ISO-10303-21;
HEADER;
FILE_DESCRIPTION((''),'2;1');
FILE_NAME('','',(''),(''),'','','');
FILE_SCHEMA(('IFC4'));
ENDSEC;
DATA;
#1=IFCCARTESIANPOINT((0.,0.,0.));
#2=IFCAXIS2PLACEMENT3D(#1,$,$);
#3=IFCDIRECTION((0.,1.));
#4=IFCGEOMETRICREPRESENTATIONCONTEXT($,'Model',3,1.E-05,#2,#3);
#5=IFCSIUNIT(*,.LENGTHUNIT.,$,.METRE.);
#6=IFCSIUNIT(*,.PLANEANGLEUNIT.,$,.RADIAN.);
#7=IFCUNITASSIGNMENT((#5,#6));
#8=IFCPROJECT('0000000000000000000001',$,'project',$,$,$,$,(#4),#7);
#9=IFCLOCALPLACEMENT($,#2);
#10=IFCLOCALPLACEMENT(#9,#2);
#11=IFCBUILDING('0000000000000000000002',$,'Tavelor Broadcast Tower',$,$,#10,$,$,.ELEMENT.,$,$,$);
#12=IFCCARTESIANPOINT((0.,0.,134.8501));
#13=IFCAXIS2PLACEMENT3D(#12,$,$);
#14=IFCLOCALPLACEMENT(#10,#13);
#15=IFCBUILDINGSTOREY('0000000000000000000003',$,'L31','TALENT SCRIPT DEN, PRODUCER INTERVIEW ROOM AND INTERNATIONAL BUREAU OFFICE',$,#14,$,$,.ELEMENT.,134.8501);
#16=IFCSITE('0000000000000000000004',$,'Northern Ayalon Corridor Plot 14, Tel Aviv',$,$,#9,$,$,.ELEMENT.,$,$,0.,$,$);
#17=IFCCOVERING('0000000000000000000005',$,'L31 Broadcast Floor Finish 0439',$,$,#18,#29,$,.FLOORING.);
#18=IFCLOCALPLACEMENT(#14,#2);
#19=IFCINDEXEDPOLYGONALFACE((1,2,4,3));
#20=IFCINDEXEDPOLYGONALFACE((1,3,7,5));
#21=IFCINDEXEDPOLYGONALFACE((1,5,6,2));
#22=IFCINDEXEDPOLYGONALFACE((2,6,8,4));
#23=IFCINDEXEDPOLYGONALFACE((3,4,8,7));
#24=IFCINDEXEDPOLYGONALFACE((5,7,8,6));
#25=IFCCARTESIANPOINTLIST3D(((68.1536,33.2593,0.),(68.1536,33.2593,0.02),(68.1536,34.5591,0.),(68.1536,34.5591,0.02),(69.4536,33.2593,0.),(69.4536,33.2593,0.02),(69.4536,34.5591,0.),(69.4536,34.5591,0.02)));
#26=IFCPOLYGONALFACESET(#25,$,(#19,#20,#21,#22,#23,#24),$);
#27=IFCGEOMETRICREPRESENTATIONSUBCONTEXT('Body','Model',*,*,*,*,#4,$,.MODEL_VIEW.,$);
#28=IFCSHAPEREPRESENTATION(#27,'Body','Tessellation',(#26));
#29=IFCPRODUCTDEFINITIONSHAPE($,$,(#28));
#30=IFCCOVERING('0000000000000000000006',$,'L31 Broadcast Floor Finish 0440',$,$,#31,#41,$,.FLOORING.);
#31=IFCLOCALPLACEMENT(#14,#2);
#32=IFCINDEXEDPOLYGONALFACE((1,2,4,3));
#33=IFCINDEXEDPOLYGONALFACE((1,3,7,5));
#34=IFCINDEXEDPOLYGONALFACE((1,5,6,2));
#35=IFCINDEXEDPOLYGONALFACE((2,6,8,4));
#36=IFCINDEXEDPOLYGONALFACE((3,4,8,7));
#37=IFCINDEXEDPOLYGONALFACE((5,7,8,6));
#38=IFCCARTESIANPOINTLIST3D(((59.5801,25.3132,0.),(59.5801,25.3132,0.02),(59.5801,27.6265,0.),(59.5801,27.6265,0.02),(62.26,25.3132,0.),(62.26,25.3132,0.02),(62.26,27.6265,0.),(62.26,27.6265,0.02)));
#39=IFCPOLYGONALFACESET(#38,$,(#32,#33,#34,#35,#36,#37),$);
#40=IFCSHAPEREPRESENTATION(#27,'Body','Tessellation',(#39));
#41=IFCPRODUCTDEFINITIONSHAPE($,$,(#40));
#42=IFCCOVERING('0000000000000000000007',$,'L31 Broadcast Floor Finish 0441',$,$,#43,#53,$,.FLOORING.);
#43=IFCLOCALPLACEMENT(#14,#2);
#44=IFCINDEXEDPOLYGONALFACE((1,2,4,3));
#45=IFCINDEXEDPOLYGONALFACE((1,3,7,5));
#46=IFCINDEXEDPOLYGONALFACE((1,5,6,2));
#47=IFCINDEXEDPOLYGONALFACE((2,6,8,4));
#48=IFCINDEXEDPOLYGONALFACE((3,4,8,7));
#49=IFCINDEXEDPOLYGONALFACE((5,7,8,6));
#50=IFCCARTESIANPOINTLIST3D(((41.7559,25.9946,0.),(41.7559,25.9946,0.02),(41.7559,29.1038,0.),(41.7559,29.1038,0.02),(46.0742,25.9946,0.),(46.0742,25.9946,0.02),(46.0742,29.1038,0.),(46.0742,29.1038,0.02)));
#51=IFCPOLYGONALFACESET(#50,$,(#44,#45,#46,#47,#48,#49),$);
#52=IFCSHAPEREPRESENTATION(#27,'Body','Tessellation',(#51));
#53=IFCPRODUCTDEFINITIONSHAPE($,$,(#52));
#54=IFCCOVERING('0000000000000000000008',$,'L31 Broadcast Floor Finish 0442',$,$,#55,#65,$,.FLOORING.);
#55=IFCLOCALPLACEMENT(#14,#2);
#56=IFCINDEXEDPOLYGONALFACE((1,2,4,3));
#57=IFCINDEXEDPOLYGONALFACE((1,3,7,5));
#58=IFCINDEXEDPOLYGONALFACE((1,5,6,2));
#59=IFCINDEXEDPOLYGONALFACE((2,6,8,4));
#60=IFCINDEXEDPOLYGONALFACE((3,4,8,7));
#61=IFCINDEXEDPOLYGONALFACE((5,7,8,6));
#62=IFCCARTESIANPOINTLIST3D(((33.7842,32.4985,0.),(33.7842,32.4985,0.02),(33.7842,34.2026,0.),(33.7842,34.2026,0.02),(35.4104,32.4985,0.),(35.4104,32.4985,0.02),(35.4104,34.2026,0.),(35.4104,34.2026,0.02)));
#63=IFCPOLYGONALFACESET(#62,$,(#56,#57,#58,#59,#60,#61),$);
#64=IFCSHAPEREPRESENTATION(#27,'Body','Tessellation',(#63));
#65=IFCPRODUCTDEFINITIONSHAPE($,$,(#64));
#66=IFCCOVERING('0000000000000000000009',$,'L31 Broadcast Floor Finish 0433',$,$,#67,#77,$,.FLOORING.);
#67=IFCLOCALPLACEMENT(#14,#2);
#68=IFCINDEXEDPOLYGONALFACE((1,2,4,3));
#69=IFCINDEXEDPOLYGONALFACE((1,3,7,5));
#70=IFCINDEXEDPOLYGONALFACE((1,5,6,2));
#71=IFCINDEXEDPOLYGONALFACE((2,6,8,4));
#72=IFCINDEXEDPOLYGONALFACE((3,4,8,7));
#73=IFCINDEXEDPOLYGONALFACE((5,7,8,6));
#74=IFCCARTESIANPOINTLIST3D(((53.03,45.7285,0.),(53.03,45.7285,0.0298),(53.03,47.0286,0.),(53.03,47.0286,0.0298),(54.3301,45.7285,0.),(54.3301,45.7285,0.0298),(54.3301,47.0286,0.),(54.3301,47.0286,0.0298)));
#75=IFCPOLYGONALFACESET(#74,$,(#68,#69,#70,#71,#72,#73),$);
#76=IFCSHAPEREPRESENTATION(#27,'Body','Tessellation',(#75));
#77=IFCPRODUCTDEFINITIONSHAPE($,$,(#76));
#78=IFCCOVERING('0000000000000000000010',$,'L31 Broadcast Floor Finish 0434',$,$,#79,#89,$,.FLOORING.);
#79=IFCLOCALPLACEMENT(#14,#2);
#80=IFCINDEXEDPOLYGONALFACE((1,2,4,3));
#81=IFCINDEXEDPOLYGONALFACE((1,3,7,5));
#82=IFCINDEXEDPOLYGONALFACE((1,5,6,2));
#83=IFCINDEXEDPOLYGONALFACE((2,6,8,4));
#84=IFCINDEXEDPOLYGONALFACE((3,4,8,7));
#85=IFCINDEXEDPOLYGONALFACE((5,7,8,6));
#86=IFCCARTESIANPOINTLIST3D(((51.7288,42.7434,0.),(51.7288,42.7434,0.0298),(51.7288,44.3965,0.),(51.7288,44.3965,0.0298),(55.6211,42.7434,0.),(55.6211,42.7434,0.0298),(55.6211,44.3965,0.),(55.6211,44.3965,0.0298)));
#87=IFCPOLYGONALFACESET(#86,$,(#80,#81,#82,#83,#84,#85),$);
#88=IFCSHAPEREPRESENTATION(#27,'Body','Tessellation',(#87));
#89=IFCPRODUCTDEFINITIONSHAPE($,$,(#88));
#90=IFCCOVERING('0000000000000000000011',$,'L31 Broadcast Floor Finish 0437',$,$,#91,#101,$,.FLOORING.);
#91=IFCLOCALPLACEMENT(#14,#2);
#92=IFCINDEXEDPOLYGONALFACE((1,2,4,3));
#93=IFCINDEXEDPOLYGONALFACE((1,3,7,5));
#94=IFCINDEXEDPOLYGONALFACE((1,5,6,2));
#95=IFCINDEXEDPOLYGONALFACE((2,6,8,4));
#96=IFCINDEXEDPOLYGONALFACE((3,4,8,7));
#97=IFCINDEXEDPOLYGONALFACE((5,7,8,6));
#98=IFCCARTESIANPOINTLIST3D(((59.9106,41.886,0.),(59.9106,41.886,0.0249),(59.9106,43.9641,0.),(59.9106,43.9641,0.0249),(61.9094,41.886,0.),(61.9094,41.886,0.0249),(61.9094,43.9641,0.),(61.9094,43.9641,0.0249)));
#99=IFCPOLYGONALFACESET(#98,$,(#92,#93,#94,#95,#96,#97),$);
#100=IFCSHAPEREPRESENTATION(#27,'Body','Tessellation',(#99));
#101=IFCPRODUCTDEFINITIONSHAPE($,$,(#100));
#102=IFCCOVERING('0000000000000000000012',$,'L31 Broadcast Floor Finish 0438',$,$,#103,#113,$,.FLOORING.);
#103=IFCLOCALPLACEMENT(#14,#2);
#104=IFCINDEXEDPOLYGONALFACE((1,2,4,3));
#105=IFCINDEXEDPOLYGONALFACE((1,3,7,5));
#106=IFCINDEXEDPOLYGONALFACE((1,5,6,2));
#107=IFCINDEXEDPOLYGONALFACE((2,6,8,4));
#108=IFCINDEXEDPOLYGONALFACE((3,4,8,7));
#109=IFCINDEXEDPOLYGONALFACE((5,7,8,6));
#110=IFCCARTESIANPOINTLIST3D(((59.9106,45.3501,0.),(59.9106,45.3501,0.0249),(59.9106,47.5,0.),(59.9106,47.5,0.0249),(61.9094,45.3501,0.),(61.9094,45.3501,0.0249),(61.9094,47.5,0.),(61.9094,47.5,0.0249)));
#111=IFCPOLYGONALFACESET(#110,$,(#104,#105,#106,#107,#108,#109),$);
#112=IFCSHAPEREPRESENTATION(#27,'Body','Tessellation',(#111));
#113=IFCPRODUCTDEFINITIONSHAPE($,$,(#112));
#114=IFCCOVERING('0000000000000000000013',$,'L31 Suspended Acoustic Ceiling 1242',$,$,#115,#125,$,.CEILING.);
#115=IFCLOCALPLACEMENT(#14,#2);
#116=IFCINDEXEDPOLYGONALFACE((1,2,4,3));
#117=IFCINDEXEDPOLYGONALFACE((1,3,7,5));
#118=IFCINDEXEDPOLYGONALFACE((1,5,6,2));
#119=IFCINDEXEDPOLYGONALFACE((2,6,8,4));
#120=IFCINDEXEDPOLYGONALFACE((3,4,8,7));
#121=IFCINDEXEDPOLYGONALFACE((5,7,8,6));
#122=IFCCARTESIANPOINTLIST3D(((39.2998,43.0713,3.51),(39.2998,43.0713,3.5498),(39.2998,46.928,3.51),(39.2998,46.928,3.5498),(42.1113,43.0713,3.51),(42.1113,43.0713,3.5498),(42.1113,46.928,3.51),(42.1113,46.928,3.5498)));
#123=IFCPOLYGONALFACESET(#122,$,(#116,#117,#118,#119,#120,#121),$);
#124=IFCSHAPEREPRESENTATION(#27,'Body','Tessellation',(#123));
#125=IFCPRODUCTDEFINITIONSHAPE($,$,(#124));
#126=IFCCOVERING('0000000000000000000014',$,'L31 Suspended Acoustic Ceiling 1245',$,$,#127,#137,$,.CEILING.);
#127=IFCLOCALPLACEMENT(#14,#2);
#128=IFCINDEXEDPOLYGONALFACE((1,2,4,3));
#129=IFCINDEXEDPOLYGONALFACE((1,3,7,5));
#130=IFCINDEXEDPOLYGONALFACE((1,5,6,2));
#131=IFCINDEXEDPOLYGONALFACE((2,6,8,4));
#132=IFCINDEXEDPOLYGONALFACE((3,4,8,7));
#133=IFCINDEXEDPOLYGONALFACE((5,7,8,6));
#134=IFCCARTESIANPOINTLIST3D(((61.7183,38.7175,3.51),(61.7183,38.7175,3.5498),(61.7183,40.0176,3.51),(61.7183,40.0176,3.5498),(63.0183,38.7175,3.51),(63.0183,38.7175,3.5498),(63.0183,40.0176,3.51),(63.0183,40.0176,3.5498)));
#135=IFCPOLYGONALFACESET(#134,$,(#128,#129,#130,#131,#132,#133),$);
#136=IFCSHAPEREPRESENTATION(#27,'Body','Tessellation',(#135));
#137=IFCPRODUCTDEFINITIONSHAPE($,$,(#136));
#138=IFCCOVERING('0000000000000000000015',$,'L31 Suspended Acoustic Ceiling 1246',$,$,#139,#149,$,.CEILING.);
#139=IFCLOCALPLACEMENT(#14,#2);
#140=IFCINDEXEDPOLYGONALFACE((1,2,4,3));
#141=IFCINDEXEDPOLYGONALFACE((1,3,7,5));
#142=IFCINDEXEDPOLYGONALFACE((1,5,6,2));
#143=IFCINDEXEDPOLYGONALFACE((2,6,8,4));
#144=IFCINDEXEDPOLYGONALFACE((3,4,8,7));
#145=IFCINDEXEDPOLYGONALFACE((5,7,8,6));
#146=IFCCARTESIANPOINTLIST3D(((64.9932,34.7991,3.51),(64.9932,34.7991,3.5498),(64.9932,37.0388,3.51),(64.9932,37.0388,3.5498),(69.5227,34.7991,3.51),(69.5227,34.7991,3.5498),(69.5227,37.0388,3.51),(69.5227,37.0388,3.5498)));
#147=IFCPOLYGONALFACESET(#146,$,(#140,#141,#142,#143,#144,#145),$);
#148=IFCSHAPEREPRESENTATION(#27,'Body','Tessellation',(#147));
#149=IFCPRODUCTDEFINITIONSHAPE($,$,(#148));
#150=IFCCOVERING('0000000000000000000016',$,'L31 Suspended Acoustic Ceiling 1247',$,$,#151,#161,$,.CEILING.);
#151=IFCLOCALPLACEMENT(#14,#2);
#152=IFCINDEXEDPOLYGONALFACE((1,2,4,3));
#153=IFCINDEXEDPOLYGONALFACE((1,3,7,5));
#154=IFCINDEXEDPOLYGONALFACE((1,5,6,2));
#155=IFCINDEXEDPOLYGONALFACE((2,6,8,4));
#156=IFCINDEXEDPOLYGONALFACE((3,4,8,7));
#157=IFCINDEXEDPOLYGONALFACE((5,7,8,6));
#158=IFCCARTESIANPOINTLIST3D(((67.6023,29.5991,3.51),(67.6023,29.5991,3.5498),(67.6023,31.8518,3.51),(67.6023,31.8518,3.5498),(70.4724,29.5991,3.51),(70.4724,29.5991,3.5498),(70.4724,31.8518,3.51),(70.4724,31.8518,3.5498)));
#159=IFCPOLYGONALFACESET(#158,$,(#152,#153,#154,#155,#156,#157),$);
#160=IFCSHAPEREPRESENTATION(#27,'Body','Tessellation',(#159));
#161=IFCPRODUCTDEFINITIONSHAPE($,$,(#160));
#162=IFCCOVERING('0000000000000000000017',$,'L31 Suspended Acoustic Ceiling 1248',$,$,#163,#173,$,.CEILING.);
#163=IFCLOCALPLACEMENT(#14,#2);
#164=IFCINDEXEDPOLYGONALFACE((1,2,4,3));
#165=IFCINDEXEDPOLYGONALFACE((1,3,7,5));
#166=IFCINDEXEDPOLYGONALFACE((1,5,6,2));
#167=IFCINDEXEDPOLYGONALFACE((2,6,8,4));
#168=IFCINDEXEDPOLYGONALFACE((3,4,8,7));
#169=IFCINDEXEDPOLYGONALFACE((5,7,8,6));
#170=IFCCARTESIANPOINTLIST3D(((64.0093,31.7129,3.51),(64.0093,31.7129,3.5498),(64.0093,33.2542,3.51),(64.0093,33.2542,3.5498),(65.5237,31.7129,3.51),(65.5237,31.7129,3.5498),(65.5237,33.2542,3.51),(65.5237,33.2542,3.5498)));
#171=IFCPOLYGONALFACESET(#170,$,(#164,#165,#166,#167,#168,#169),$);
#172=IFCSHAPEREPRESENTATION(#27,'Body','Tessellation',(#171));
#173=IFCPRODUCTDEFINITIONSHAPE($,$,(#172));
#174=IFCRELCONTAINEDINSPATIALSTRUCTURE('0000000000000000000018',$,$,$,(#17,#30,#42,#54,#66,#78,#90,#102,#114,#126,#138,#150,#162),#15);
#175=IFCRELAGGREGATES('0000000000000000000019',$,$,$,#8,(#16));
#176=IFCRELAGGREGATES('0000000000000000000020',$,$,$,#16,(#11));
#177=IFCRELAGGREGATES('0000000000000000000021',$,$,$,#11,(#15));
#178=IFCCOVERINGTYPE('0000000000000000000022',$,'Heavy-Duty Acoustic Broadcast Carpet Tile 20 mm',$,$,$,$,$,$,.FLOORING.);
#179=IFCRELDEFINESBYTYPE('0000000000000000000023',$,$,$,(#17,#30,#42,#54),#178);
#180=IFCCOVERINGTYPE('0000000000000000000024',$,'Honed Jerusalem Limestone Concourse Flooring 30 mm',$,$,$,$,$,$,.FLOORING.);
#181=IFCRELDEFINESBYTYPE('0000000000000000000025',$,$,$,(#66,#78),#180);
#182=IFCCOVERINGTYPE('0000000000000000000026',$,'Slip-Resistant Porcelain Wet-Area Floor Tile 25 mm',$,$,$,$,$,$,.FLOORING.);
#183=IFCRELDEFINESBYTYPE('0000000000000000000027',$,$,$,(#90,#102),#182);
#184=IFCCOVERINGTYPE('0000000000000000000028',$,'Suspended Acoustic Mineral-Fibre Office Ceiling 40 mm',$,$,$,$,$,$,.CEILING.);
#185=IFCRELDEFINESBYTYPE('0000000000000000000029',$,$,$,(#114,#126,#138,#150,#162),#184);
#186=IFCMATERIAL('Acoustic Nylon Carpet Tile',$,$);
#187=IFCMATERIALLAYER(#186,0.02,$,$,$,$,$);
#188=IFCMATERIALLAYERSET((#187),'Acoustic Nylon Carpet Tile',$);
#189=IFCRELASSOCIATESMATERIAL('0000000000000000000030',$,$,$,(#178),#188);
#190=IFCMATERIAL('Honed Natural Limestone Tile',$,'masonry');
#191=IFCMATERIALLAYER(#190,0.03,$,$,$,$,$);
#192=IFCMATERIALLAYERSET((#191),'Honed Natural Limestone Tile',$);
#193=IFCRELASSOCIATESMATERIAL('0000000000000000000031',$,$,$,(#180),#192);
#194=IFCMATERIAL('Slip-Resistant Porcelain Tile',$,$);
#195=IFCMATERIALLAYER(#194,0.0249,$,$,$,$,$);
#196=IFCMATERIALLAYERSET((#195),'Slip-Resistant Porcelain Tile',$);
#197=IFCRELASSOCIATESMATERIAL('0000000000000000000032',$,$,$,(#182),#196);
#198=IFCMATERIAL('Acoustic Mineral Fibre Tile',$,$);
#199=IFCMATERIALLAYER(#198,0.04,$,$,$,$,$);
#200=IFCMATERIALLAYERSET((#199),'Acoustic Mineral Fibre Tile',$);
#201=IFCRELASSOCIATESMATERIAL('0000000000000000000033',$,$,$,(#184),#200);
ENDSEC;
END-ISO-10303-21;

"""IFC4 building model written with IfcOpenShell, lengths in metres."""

from ifc_helpers import new_model, si_unit, direction, frame, origin, place, context, subcontext, project, spatial, polyline, outline, extrude, material, layer, layer_set, type_object, element, save


model = new_model("IFC4")

# Units and contexts
model_context = context("Model", 3, precision=1e-05, world=origin(), true_north=direction((0.0, 1.0)))
body_context = subcontext(model_context, "Body", "Model", "MODEL_VIEW")
ifc_project = project(units=[si_unit("LENGTHUNIT", "METRE"), si_unit("PLANEANGLEUNIT", "RADIAN")], contexts=[model_context])

# Site, building, storey
site_placement = place(None, origin())
site = spatial("IfcSite", under=ifc_project, at=site_placement, Name="Northern Ayalon Corridor Plot 14, Tel Aviv", CompositionType="ELEMENT", RefElevation=0.0)
building_placement = place(site_placement, origin())
building = spatial("IfcBuilding", under=site, at=building_placement, Name="Tavelor Broadcast Tower", CompositionType="ELEMENT")
storey_placement = place(building_placement, frame((0.0, 0.0, 134.8501)))
storey = spatial("IfcBuildingStorey", under=building, at=storey_placement, Name="L31", Description="TALENT SCRIPT DEN, PRODUCER INTERVIEW ROOM AND INTERNATIONAL BUREAU OFFICE", CompositionType="ELEMENT", Elevation=134.8501)

# Coverings
ifc_material_1 = material(Name="Acoustic Nylon Carpet Tile")
ifc_layer_1 = layer(ifc_material_1, 0.02)
ifc_layer_set_1 = layer_set([ifc_layer_1], Name="Acoustic Nylon Carpet Tile")
covering_type_1 = type_object("IfcCoveringType", Name="Heavy-Duty Acoustic Broadcast Carpet Tile 20 mm", PredefinedType="FLOORING", material=ifc_layer_set_1)
covering_1_placement = place(storey_placement, origin())
element("IfcCovering", 1, at=covering_1_placement, inside=storey, type_object=covering_type_1, Name="L31 Broadcast Floor Finish 0439", PredefinedType="FLOORING", context=body_context, shape_type="SweptSolid", body=[
    extrude(outline(polyline([(68.1536, 33.2593), (69.4536, 33.2593), (69.4536, 34.5591), (68.1536, 34.5591), (68.1536, 33.2593)])), origin(), (0.0, 0.0, 1.0), 0.02),
])
covering_2_placement = place(storey_placement, origin())
element("IfcCovering", 2, at=covering_2_placement, inside=storey, type_object=covering_type_1, Name="L31 Broadcast Floor Finish 0440", PredefinedType="FLOORING", context=body_context, shape_type="SweptSolid", body=[
    extrude(outline(polyline([(59.5801, 25.3132), (62.26, 25.3132), (62.26, 27.6265), (59.5801, 27.6265), (59.5801, 25.3132)])), origin(), (0.0, 0.0, 1.0), 0.02),
])
covering_3_placement = place(storey_placement, origin())
element("IfcCovering", 3, at=covering_3_placement, inside=storey, type_object=covering_type_1, Name="L31 Broadcast Floor Finish 0441", PredefinedType="FLOORING", context=body_context, shape_type="SweptSolid", body=[
    extrude(outline(polyline([(41.7559, 25.9946), (46.0742, 25.9946), (46.0742, 29.1038), (41.7559, 29.1038), (41.7559, 25.9946)])), origin(), (0.0, 0.0, 1.0), 0.02),
])
covering_4_placement = place(storey_placement, origin())
element("IfcCovering", 4, at=covering_4_placement, inside=storey, type_object=covering_type_1, Name="L31 Broadcast Floor Finish 0442", PredefinedType="FLOORING", context=body_context, shape_type="SweptSolid", body=[
    extrude(outline(polyline([(33.7842, 32.4985), (35.4104, 32.4985), (35.4104, 34.2026), (33.7842, 34.2026), (33.7842, 32.4985)])), origin(), (0.0, 0.0, 1.0), 0.02),
])
ifc_material_2 = material(Name="Honed Natural Limestone Tile", Category="masonry")
ifc_layer_2 = layer(ifc_material_2, 0.03)
ifc_layer_set_2 = layer_set([ifc_layer_2], Name="Honed Natural Limestone Tile")
covering_type_2 = type_object("IfcCoveringType", Name="Honed Jerusalem Limestone Concourse Flooring 30 mm", PredefinedType="FLOORING", material=ifc_layer_set_2)
covering_5_placement = place(storey_placement, origin())
element("IfcCovering", 5, at=covering_5_placement, inside=storey, type_object=covering_type_2, Name="L31 Broadcast Floor Finish 0433", PredefinedType="FLOORING", context=body_context, shape_type="SweptSolid", body=[
    extrude(outline(polyline([(53.03, 45.7285), (54.3301, 45.7285), (54.3301, 47.0286), (53.03, 47.0286), (53.03, 45.7285)])), origin(), (0.0, 0.0, 1.0), 0.0298),
])
covering_6_placement = place(storey_placement, origin())
element("IfcCovering", 6, at=covering_6_placement, inside=storey, type_object=covering_type_2, Name="L31 Broadcast Floor Finish 0434", PredefinedType="FLOORING", context=body_context, shape_type="SweptSolid", body=[
    extrude(outline(polyline([(51.7288, 42.7434), (55.6211, 42.7434), (55.6211, 44.3965), (51.7288, 44.3965), (51.7288, 42.7434)])), origin(), (0.0, 0.0, 1.0), 0.0298),
])
ifc_material_3 = material(Name="Slip-Resistant Porcelain Tile")
ifc_layer_3 = layer(ifc_material_3, 0.0249)
ifc_layer_set_3 = layer_set([ifc_layer_3], Name="Slip-Resistant Porcelain Tile")
covering_type_3 = type_object("IfcCoveringType", Name="Slip-Resistant Porcelain Wet-Area Floor Tile 25 mm", PredefinedType="FLOORING", material=ifc_layer_set_3)
covering_7_placement = place(storey_placement, origin())
element("IfcCovering", 7, at=covering_7_placement, inside=storey, type_object=covering_type_3, Name="L31 Broadcast Floor Finish 0437", PredefinedType="FLOORING", context=body_context, shape_type="SweptSolid", body=[
    extrude(outline(polyline([(59.9106, 41.886), (61.9094, 41.886), (61.9094, 43.9641), (59.9106, 43.9641), (59.9106, 41.886)])), origin(), (0.0, 0.0, 1.0), 0.0249),
])
covering_8_placement = place(storey_placement, origin())
element("IfcCovering", 8, at=covering_8_placement, inside=storey, type_object=covering_type_3, Name="L31 Broadcast Floor Finish 0438", PredefinedType="FLOORING", context=body_context, shape_type="SweptSolid", body=[
    extrude(outline(polyline([(59.9106, 45.3501), (61.9094, 45.3501), (61.9094, 47.5), (59.9106, 47.5), (59.9106, 45.3501)])), origin(), (0.0, 0.0, 1.0), 0.0249),
])
ifc_material_4 = material(Name="Acoustic Mineral Fibre Tile")
ifc_layer_4 = layer(ifc_material_4, 0.04)
ifc_layer_set_4 = layer_set([ifc_layer_4], Name="Acoustic Mineral Fibre Tile")
covering_type_4 = type_object("IfcCoveringType", Name="Suspended Acoustic Mineral-Fibre Office Ceiling 40 mm", PredefinedType="CEILING", material=ifc_layer_set_4)
covering_9_placement = place(storey_placement, frame((0.0, 0.0, 3.51)))
element("IfcCovering", 9, at=covering_9_placement, inside=storey, type_object=covering_type_4, Name="L31 Suspended Acoustic Ceiling 1242", PredefinedType="CEILING", context=body_context, shape_type="SweptSolid", body=[
    extrude(outline(polyline([(39.2998, 43.0713), (42.1113, 43.0713), (42.1113, 46.928), (39.2998, 46.928), (39.2998, 43.0713)])), origin(), (0.0, 0.0, 1.0), 0.0398),
])
covering_10_placement = place(storey_placement, frame((0.0, 0.0, 3.51)))
element("IfcCovering", 10, at=covering_10_placement, inside=storey, type_object=covering_type_4, Name="L31 Suspended Acoustic Ceiling 1245", PredefinedType="CEILING", context=body_context, shape_type="SweptSolid", body=[
    extrude(outline(polyline([(61.7183, 38.7175), (63.0183, 38.7175), (63.0183, 40.0176), (61.7183, 40.0176), (61.7183, 38.7175)])), origin(), (0.0, 0.0, 1.0), 0.0398),
])
covering_11_placement = place(storey_placement, frame((0.0, 0.0, 3.51)))
element("IfcCovering", 11, at=covering_11_placement, inside=storey, type_object=covering_type_4, Name="L31 Suspended Acoustic Ceiling 1246", PredefinedType="CEILING", context=body_context, shape_type="SweptSolid", body=[
    extrude(outline(polyline([(64.9932, 34.7991), (69.5227, 34.7991), (69.5227, 37.0388), (64.9932, 37.0388), (64.9932, 34.7991)])), origin(), (0.0, 0.0, 1.0), 0.0398),
])
covering_12_placement = place(storey_placement, frame((0.0, 0.0, 3.51)))
element("IfcCovering", 12, at=covering_12_placement, inside=storey, type_object=covering_type_4, Name="L31 Suspended Acoustic Ceiling 1247", PredefinedType="CEILING", context=body_context, shape_type="SweptSolid", body=[
    extrude(outline(polyline([(67.6023, 29.5991), (70.4724, 29.5991), (70.4724, 31.8518), (67.6023, 31.8518), (67.6023, 29.5991)])), origin(), (0.0, 0.0, 1.0), 0.0398),
])
covering_13_placement = place(storey_placement, frame((0.0, 0.0, 3.51)))
element("IfcCovering", 13, at=covering_13_placement, inside=storey, type_object=covering_type_4, Name="L31 Suspended Acoustic Ceiling 1248", PredefinedType="CEILING", context=body_context, shape_type="SweptSolid", body=[
    extrude(outline(polyline([(64.0093, 31.7129), (65.5237, 31.7129), (65.5237, 33.2542), (64.0093, 33.2542), (64.0093, 31.7129)])), origin(), (0.0, 0.0, 1.0), 0.0398),
])

save(model, "model.ifc")
